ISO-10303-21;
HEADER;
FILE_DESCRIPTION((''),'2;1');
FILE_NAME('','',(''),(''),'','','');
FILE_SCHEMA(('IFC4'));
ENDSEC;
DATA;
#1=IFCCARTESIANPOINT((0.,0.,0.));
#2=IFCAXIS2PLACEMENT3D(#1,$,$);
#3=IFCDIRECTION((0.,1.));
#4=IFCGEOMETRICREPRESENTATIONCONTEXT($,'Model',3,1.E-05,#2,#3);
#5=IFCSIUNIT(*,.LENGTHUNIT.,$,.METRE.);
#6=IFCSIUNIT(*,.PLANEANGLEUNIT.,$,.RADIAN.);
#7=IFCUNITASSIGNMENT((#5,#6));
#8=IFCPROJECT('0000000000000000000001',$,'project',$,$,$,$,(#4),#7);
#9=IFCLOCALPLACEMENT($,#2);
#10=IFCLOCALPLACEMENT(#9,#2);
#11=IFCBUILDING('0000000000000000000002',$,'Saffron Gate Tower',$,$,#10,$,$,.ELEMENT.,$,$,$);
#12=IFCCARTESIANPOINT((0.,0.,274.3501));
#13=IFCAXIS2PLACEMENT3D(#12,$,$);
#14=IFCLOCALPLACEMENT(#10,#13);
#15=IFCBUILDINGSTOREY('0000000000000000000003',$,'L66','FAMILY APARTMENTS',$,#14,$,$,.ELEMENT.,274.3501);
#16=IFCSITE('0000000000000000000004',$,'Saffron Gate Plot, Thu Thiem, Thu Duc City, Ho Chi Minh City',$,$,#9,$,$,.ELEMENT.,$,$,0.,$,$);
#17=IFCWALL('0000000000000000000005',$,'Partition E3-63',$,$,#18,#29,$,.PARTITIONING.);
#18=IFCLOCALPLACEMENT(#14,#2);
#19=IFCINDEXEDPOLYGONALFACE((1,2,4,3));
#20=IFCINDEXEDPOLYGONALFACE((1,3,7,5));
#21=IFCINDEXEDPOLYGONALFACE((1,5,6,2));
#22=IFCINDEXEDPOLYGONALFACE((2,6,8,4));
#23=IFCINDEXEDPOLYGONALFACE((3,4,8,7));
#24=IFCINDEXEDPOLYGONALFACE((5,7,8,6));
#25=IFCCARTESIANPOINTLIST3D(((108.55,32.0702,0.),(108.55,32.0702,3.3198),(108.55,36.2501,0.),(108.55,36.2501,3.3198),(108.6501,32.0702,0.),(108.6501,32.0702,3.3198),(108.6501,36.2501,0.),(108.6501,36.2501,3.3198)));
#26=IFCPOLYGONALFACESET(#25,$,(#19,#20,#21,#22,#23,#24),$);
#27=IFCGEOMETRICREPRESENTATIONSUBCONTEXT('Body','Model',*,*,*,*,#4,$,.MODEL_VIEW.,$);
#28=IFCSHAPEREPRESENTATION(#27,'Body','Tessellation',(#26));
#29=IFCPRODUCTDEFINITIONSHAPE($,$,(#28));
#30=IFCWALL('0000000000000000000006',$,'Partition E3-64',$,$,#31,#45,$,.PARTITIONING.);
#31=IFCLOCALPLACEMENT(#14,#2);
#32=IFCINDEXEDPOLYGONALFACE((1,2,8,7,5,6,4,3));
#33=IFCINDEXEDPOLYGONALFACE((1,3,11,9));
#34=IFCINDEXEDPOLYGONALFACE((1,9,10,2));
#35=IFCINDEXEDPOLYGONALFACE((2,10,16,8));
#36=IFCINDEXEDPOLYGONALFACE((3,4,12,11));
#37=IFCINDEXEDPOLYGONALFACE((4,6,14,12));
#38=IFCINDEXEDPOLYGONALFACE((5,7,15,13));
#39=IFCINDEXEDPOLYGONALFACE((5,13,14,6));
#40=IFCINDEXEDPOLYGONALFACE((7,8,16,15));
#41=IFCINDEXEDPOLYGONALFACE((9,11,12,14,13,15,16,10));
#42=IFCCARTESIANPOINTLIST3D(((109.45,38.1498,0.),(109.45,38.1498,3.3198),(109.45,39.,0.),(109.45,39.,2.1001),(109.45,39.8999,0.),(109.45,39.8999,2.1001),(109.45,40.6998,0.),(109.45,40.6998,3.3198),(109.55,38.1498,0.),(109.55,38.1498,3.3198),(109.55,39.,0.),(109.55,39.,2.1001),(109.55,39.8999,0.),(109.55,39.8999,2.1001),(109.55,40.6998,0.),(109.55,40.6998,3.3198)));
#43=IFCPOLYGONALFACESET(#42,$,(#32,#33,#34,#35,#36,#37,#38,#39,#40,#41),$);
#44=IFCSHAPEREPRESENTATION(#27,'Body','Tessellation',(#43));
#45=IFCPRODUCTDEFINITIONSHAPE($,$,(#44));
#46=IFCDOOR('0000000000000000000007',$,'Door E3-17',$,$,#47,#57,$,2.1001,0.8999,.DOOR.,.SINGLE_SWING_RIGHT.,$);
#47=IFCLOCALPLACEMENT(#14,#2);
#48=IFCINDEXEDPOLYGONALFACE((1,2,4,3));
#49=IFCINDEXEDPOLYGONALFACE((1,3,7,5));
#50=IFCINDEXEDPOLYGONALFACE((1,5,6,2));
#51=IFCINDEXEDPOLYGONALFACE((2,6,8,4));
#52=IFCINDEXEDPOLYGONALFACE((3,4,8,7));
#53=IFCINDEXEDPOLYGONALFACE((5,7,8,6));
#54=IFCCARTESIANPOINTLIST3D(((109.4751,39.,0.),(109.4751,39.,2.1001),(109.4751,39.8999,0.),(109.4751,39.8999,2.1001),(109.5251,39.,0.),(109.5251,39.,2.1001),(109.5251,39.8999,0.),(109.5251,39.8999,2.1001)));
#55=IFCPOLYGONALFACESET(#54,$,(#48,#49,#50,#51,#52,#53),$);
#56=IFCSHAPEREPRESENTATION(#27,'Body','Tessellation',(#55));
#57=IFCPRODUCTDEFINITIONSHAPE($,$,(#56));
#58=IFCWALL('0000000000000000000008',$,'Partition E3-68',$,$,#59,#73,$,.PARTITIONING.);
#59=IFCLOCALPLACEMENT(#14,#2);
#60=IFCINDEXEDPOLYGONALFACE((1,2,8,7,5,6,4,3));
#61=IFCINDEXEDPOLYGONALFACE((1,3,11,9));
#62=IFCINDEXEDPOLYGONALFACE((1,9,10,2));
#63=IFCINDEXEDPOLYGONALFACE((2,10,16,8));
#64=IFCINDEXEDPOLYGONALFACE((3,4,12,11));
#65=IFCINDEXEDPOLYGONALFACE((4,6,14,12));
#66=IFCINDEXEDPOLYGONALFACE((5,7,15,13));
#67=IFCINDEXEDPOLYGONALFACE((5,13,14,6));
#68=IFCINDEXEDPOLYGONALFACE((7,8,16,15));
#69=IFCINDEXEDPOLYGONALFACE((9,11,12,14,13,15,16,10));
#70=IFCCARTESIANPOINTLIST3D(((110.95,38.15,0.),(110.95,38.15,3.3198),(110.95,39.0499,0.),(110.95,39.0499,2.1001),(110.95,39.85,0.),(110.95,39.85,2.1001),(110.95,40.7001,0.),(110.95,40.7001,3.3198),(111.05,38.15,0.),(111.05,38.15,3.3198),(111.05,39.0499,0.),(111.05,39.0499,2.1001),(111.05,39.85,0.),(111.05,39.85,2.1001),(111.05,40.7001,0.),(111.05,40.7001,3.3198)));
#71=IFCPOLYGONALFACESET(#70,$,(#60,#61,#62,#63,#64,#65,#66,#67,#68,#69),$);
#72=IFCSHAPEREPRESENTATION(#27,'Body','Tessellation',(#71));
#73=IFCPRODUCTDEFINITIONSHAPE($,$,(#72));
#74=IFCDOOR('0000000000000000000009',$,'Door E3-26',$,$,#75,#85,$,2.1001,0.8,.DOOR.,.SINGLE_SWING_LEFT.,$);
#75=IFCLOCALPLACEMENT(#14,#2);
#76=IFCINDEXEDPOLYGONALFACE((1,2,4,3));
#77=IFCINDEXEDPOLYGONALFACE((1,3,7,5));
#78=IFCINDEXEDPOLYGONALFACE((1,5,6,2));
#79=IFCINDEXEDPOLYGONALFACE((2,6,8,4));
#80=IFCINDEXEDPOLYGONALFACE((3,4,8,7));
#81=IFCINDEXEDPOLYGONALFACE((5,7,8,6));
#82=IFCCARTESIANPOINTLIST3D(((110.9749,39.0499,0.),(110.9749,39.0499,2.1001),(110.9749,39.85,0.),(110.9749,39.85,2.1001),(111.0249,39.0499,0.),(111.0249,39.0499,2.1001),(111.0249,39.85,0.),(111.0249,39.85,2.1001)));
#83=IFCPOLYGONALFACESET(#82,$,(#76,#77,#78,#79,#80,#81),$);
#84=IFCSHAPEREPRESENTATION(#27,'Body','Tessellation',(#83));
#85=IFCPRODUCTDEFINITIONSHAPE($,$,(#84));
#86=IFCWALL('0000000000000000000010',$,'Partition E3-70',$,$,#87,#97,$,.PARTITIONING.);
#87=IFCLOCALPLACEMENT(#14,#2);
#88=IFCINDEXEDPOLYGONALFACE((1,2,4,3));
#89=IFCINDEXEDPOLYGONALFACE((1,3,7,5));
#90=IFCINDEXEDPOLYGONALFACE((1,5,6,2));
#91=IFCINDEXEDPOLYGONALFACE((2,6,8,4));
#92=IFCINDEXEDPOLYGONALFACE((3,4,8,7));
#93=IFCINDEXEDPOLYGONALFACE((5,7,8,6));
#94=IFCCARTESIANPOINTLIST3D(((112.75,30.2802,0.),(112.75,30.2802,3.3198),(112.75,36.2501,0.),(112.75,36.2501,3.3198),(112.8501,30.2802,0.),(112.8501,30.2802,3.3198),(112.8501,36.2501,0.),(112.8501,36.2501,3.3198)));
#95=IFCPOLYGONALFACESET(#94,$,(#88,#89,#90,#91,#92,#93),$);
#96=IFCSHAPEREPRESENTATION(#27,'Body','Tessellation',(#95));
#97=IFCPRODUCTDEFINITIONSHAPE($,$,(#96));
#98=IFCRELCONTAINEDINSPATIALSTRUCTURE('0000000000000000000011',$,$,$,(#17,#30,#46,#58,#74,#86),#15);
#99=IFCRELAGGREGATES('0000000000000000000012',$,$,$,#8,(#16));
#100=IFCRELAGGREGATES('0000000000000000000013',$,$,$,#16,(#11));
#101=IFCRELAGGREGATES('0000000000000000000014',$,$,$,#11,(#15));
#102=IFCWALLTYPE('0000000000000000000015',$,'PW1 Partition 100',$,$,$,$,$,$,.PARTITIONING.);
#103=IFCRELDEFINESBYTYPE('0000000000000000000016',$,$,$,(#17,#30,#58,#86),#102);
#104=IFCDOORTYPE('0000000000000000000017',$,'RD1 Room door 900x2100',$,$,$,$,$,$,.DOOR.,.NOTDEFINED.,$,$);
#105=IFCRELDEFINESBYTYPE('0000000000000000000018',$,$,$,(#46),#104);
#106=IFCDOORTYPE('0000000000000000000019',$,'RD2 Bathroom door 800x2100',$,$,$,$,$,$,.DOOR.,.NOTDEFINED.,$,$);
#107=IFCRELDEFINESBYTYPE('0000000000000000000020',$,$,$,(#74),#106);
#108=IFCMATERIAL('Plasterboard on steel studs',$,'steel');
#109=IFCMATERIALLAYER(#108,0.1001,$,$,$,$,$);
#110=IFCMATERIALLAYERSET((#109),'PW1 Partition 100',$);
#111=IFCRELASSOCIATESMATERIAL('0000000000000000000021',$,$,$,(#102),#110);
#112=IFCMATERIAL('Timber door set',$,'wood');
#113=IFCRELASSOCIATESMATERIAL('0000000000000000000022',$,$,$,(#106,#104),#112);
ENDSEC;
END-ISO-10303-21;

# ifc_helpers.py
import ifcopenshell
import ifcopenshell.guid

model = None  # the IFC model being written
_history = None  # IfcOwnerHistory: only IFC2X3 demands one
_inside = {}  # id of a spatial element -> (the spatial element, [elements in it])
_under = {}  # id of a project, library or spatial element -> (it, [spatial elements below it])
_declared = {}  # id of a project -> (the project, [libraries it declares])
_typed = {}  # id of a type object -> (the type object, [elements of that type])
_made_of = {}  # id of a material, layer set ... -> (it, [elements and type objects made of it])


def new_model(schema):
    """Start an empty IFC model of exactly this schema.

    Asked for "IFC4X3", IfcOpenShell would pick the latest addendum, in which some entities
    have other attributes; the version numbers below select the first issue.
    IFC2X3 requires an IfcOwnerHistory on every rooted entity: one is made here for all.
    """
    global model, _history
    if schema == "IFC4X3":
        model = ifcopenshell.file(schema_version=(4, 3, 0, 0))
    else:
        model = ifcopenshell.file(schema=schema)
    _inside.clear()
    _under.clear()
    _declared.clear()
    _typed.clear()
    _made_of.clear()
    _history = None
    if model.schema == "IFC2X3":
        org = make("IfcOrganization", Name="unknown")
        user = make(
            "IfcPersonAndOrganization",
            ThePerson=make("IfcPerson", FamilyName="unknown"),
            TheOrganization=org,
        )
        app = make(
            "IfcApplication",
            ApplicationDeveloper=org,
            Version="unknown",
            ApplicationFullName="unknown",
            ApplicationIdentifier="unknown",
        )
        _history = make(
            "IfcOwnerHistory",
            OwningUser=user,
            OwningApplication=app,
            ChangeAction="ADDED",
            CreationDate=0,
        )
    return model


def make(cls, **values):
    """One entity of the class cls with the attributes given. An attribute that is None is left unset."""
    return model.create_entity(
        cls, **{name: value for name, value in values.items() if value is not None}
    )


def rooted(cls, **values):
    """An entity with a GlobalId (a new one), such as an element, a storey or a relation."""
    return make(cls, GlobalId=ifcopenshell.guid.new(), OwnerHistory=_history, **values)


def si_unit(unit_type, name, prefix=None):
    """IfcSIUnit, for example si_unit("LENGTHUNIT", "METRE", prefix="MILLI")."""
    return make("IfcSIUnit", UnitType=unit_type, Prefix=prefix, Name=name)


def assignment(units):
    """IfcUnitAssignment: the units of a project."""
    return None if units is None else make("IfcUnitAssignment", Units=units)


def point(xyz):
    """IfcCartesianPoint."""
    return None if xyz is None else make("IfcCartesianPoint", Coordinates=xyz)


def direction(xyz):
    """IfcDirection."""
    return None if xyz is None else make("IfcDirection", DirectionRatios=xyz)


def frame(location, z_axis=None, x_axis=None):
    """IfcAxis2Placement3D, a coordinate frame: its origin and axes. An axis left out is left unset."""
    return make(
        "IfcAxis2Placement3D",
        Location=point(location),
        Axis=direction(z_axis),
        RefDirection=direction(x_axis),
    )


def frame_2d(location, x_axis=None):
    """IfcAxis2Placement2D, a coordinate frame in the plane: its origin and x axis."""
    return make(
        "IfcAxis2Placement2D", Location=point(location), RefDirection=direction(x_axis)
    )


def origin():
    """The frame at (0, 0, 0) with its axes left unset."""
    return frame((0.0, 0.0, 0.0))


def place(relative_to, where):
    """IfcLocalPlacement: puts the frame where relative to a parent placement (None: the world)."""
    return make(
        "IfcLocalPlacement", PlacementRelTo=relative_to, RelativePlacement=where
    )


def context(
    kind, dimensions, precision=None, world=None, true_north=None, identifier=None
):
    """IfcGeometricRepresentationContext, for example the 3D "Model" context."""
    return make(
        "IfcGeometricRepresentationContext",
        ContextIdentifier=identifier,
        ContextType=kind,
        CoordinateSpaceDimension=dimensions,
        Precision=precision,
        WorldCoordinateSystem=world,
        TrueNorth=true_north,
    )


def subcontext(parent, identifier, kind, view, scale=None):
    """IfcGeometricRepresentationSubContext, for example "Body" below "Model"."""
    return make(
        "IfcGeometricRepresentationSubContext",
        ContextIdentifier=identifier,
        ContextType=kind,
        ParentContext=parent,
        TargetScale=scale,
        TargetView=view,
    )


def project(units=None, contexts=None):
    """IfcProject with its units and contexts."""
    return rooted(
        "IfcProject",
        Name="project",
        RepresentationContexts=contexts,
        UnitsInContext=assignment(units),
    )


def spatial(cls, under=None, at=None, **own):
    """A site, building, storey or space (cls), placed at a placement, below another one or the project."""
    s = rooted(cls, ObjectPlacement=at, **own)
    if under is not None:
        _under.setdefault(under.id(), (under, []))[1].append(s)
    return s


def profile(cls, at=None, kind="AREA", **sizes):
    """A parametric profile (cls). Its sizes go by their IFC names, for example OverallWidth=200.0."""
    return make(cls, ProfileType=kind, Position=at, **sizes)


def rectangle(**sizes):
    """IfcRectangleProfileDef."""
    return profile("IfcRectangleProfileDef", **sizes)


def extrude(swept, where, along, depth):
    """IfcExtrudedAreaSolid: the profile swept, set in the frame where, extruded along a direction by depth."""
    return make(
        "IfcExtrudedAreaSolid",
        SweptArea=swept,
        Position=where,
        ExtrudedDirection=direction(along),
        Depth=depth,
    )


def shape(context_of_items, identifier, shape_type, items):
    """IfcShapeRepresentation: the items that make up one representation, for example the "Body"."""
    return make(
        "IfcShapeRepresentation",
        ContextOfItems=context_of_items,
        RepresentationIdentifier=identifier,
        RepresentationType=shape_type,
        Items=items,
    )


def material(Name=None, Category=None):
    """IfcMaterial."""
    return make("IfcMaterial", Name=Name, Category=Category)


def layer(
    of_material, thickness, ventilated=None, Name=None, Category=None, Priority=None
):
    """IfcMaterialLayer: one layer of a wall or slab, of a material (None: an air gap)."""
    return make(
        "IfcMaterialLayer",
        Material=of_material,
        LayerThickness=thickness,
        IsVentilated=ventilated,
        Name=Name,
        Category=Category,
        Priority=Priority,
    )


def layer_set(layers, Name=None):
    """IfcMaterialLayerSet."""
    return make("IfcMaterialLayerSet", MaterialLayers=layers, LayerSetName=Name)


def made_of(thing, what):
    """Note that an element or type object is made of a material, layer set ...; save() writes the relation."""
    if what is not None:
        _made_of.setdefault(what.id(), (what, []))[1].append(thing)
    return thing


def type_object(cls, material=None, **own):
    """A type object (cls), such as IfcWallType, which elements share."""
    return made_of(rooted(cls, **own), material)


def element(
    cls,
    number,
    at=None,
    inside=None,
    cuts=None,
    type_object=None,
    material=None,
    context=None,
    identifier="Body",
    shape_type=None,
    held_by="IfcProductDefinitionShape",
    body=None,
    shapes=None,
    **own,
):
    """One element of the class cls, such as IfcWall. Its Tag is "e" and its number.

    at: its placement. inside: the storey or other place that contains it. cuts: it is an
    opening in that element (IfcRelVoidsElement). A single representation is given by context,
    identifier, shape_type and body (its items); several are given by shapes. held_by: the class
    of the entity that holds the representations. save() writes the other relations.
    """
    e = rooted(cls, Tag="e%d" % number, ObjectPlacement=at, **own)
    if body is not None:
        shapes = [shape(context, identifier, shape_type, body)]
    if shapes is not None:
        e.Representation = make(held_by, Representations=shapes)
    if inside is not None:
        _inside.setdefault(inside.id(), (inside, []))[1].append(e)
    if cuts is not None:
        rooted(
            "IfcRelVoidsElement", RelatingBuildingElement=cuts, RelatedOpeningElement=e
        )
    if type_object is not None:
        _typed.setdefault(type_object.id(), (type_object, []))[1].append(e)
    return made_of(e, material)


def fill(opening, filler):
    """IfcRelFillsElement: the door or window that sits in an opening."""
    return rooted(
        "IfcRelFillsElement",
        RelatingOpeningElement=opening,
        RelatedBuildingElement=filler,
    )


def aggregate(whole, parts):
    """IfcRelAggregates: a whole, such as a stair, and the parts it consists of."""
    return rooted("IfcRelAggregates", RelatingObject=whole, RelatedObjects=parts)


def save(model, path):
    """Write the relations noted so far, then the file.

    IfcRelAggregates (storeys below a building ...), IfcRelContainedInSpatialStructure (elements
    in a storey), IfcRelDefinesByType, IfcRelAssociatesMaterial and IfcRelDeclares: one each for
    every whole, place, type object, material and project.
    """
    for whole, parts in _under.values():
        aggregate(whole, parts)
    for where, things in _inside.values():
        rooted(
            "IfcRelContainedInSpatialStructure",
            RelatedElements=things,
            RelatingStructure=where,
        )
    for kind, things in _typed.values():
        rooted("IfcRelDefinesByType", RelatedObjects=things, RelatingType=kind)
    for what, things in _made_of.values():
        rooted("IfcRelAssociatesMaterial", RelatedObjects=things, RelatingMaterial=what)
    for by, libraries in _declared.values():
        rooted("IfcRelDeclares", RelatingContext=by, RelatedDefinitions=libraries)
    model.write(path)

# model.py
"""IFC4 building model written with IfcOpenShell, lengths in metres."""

from ifc_helpers import new_model, si_unit, direction, frame, frame_2d, origin, place, context, subcontext, project, spatial, rectangle, extrude, material, layer, layer_set, type_object, element, fill, save


model = new_model("IFC4")

# Units and contexts
model_context = context("Model", 3, precision=1e-05, world=origin(), true_north=direction((0.0, 1.0)))
body_context = subcontext(model_context, "Body", "Model", "MODEL_VIEW")
ifc_project = project(units=[si_unit("LENGTHUNIT", "METRE"), si_unit("PLANEANGLEUNIT", "RADIAN")], contexts=[model_context])

# Site, building, storey
site_placement = place(None, origin())
site = spatial("IfcSite", under=ifc_project, at=site_placement, Name="Saffron Gate Plot, Thu Thiem, Thu Duc City, Ho Chi Minh City", CompositionType="ELEMENT", RefElevation=0.0)
building_placement = place(site_placement, origin())
building = spatial("IfcBuilding", under=site, at=building_placement, Name="Saffron Gate Tower", CompositionType="ELEMENT")
storey_placement = place(building_placement, frame((0.0, 0.0, 274.3501)))
storey = spatial("IfcBuildingStorey", under=building, at=storey_placement, Name="L66", Description="FAMILY APARTMENTS", CompositionType="ELEMENT", Elevation=274.3501)

# Shared definitions
ifc_material_1 = material(Name="Plasterboard on steel studs", Category="steel")
ifc_layer_1 = layer(ifc_material_1, 0.1001)
ifc_layer_set_1 = layer_set([ifc_layer_1], Name="PW1 Partition 100")
wall_type_1 = type_object("IfcWallType", Name="PW1 Partition 100", PredefinedType="PARTITIONING", material=ifc_layer_set_1)

# Shared definitions
ifc_material_2 = material(Name="Timber door set", Category="wood")
door_type_1 = type_object("IfcDoorType", Name="RD2 Bathroom door 800x2100", OperationType="NOTDEFINED", PredefinedType="DOOR", material=ifc_material_2)

# Shared definitions
door_type_2 = type_object("IfcDoorType", Name="RD1 Room door 900x2100", OperationType="NOTDEFINED", PredefinedType="DOOR", material=ifc_material_2)

# Wall
wall_1_placement = place(storey_placement, frame((108.6001, 36.25, 0.0), z_axis=(0.0, 0.0, 1.0), x_axis=(0.0, -1.0, 0.0)))
element("IfcWall", 1, at=wall_1_placement, inside=storey, type_object=wall_type_1, Name="Partition E3-63", PredefinedType="PARTITIONING", context=body_context, shape_type="SweptSolid", body=[
    extrude(rectangle(XDim=4.1799, YDim=0.1001, at=frame_2d((2.0898, 0.0))), origin(), (0.0, 0.0, 1.0), 3.3198),
])

# Walls, openings, doors
wall_2_placement = place(storey_placement, frame((109.5, 38.1499, 0.0), z_axis=(0.0, 0.0, 1.0), x_axis=(0.0, 1.0, 0.0)))
wall_2 = element("IfcWall", 2, at=wall_2_placement, inside=storey, type_object=wall_type_1, Name="Partition E3-64", PredefinedType="PARTITIONING", context=body_context, shape_type="SweptSolid", body=[
    extrude(rectangle(XDim=2.55, YDim=0.1001, at=frame_2d((1.2749, 0.0))), origin(), (0.0, 0.0, 1.0), 3.3198),
])
opening_1_placement = place(wall_2_placement, frame((0.8501, 0.0, 0.0)))
opening_1 = element("IfcOpeningElement", 3, at=opening_1_placement, cuts=wall_2, PredefinedType="OPENING", context=body_context, shape_type="SweptSolid", body=[
    extrude(rectangle(XDim=0.8999, YDim=2.1001, at=frame_2d((0.45, 1.05))), frame((0.0, 0.0601, 0.0), z_axis=(0.0, -1.0, 0.0), x_axis=(1.0, 0.0, 0.0)), (0.0, 0.0, 1.0), 0.1201),
])
door_1_placement = place(opening_1_placement, origin())
door_1 = element("IfcDoor", 4, at=door_1_placement, inside=storey, type_object=door_type_2, Name="Door E3-17", OperationType="SINGLE_SWING_RIGHT", OverallHeight=2.1001, OverallWidth=0.8999, PredefinedType="DOOR", context=body_context, shape_type="SweptSolid", body=[
    extrude(rectangle(XDim=0.8999, YDim=2.1001, at=frame_2d((0.45, 1.05))), frame((0.0, 0.0249, 0.0), z_axis=(0.0, -1.0, 0.0), x_axis=(1.0, 0.0, 0.0)), (0.0, 0.0, 1.0), 0.05),
])
fill(opening_1, door_1)
wall_3_placement = place(storey_placement, frame((111.0, 40.7, 0.0), z_axis=(0.0, 0.0, 1.0), x_axis=(0.0, -1.0, 0.0)))
wall_3 = element("IfcWall", 5, at=wall_3_placement, inside=storey, type_object=wall_type_1, Name="Partition E3-68", PredefinedType="PARTITIONING", context=body_context, shape_type="SweptSolid", body=[
    extrude(rectangle(XDim=2.55, YDim=0.1001, at=frame_2d((1.2749, 0.0))), origin(), (0.0, 0.0, 1.0), 3.3198),
])
opening_2_placement = place(wall_3_placement, frame((0.8501, 0.0, 0.0)))
opening_2 = element("IfcOpeningElement", 6, at=opening_2_placement, cuts=wall_3, PredefinedType="OPENING", context=body_context, shape_type="SweptSolid", body=[
    extrude(rectangle(XDim=0.8, YDim=2.1001, at=frame_2d((0.3999, 1.05))), frame((0.0, 0.0601, 0.0), z_axis=(0.0, -1.0, 0.0), x_axis=(1.0, 0.0, 0.0)), (0.0, 0.0, 1.0), 0.1201),
])
door_2_placement = place(opening_2_placement, origin())
door_2 = element("IfcDoor", 7, at=door_2_placement, inside=storey, type_object=door_type_1, Name="Door E3-26", OperationType="SINGLE_SWING_LEFT", OverallHeight=2.1001, OverallWidth=0.8, PredefinedType="DOOR", context=body_context, shape_type="SweptSolid", body=[
    extrude(rectangle(XDim=0.8, YDim=2.1001, at=frame_2d((0.3999, 1.05))), frame((0.0, 0.0249, 0.0), z_axis=(0.0, -1.0, 0.0), x_axis=(1.0, 0.0, 0.0)), (0.0, 0.0, 1.0), 0.05),
])
fill(opening_2, door_2)

# Wall
wall_4_placement = place(storey_placement, frame((112.8, 36.25, 0.0), z_axis=(0.0, 0.0, 1.0), x_axis=(0.0, -1.0, 0.0)))
element("IfcWall", 8, at=wall_4_placement, inside=storey, type_object=wall_type_1, Name="Partition E3-70", PredefinedType="PARTITIONING", context=body_context, shape_type="SweptSolid", body=[
    extrude(rectangle(XDim=5.97, YDim=0.1001, at=frame_2d((2.9849, 0.0))), origin(), (0.0, 0.0, 1.0), 3.3198),
])

save(model, "model.ifc")
